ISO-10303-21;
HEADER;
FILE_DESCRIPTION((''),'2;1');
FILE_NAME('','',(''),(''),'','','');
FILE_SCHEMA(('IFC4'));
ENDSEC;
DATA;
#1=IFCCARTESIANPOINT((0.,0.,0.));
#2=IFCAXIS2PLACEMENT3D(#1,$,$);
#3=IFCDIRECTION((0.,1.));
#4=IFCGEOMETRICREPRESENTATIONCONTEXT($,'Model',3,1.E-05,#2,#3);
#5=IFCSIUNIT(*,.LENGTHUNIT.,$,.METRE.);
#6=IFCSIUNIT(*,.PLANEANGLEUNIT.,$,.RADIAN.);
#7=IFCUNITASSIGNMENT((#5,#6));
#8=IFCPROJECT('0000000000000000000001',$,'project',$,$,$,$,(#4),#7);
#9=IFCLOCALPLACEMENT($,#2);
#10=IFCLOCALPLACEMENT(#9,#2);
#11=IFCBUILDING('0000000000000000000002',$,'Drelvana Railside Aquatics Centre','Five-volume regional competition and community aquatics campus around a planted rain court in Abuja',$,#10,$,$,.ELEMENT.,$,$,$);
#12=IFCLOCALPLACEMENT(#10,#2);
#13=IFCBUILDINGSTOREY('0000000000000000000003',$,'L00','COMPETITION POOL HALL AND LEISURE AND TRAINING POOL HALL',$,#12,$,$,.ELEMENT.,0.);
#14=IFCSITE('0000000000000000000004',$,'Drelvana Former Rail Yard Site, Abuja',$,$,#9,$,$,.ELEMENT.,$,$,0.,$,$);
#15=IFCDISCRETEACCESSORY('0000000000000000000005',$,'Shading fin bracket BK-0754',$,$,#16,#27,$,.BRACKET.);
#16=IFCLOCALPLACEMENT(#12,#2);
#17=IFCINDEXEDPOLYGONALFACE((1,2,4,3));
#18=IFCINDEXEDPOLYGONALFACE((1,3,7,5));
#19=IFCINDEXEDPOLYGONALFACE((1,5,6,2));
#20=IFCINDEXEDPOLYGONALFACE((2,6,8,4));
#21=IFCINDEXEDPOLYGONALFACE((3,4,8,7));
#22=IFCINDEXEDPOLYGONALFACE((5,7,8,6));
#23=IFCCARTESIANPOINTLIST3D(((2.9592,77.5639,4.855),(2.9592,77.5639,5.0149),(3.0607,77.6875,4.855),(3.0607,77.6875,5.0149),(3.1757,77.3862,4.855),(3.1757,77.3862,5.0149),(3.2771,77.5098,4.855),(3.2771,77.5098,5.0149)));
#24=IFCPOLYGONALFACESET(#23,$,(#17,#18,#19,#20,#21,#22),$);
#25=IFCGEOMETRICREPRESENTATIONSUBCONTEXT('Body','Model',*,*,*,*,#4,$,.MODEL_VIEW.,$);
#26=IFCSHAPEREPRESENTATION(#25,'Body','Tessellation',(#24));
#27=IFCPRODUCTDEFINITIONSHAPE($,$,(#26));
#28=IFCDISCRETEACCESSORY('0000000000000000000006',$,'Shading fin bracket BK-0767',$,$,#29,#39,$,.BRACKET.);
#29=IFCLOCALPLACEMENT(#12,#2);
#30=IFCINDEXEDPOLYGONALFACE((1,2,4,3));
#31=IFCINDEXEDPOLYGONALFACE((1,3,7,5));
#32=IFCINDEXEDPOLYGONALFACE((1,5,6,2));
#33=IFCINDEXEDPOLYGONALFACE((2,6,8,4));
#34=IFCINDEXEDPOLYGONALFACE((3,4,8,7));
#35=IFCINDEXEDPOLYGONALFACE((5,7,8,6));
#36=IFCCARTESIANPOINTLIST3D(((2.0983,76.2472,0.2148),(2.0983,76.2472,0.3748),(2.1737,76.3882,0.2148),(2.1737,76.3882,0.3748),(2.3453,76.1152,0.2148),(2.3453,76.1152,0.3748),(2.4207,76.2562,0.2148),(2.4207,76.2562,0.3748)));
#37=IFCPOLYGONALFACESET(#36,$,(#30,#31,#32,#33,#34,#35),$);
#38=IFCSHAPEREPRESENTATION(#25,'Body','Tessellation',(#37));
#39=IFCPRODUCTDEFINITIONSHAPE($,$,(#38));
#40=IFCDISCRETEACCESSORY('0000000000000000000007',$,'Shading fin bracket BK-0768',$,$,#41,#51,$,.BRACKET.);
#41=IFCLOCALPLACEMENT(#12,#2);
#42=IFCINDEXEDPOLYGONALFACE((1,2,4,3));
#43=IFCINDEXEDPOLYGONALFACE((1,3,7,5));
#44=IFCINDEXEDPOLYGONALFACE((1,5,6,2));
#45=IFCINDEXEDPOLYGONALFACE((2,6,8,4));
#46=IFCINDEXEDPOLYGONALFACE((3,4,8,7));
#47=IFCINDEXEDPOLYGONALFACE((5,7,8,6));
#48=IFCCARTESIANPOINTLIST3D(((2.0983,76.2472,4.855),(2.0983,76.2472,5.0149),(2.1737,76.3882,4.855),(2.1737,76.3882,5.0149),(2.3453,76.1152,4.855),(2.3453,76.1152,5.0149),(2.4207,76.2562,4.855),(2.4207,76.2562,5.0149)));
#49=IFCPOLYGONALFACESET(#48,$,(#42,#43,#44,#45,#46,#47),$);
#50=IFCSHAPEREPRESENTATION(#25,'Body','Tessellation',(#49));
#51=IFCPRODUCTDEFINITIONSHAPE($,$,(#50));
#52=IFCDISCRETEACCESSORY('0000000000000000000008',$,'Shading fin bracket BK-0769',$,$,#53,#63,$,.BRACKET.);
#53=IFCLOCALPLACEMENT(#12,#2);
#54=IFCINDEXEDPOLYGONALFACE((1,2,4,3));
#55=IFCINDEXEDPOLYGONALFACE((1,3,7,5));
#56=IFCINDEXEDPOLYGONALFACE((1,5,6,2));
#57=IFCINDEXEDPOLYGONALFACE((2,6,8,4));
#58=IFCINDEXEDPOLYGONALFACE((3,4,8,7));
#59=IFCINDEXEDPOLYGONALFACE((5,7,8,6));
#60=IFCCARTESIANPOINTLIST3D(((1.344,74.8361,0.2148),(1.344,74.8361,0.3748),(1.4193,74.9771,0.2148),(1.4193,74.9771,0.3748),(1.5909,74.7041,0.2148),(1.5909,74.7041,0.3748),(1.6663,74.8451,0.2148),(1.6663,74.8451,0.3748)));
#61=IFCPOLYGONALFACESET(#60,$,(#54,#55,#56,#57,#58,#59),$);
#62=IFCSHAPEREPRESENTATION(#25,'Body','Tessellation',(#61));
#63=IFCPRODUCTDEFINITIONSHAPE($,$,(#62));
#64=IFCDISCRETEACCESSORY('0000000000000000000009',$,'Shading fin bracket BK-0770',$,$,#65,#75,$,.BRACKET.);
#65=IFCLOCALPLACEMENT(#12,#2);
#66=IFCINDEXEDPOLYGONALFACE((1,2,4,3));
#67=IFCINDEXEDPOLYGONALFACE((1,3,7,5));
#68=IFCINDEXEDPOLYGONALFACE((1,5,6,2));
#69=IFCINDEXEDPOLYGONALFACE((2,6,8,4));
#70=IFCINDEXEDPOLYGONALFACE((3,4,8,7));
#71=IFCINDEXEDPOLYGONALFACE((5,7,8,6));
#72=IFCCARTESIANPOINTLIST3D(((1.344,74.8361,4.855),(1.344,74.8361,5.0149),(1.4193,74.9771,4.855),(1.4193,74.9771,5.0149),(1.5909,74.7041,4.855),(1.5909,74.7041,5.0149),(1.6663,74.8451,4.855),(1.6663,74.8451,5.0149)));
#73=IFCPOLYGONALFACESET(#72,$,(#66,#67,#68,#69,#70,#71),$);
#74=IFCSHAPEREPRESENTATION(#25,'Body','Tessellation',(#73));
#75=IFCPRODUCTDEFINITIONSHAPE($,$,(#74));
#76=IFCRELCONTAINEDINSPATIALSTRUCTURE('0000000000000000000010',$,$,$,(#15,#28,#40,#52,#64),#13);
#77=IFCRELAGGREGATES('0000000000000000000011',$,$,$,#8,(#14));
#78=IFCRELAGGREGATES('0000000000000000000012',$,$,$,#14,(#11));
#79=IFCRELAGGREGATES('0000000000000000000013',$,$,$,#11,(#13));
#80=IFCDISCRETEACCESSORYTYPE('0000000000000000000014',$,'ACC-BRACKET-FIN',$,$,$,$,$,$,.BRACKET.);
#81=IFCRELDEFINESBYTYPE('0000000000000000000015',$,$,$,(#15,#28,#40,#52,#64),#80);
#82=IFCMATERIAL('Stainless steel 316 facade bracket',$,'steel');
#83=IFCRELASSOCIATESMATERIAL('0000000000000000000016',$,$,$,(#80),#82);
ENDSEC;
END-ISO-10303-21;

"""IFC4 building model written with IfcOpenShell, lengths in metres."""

from ifc_helpers import new_model, si_unit, direction, frame, origin, origin_2d, place, context, subcontext, project, spatial, rectangle, extrude, material, type_object, element, save


model = new_model("IFC4")

# Units and contexts
model_context = context("Model", 3, precision=1e-05, world=origin(), true_north=direction((0.0, 1.0)))
body_context = subcontext(model_context, "Body", "Model", "MODEL_VIEW")
ifc_project = project(units=[si_unit("LENGTHUNIT", "METRE"), si_unit("PLANEANGLEUNIT", "RADIAN")], contexts=[model_context])

# Site, building, storey
site_placement = place(None, origin())
site = spatial("IfcSite", under=ifc_project, at=site_placement, Name="Drelvana Former Rail Yard Site, Abuja", CompositionType="ELEMENT", RefElevation=0.0)
building_placement = place(site_placement, origin())
building = spatial("IfcBuilding", under=site, at=building_placement, Name="Drelvana Railside Aquatics Centre", Description="Five-volume regional competition and community aquatics campus around a planted rain court in Abuja", CompositionType="ELEMENT")
storey_placement = place(building_placement, origin())
storey = spatial("IfcBuildingStorey", under=building, at=storey_placement, Name="L00", Description="COMPETITION POOL HALL AND LEISURE AND TRAINING POOL HALL", CompositionType="ELEMENT", Elevation=0.0)

# Discrete accessories
ifc_material_1 = material(Name="Stainless steel 316 facade bracket", Category="steel")
discrete_accessory_type = type_object("IfcDiscreteAccessoryType", Name="ACC-BRACKET-FIN", PredefinedType="BRACKET", material=ifc_material_1)
for number, where, z_axis, x_axis, name in (
    (1, (3.1182, 77.5369, 4.855), (0.0, 0.0, 1.0), (-0.77301, 0.634393, 0.0), "Shading fin bracket BK-0754"),
    (2, (2.2595, 76.2517, 0.2148), (0.0, 0.0, 1.0), (-0.881921, 0.471397, 0.0), "Shading fin bracket BK-0767"),
    (3, (2.2595, 76.2517, 4.855), (0.0, 0.0, 1.0), (-0.881921, 0.471397, 0.0), "Shading fin bracket BK-0768"),
    (4, (1.5051, 74.8406, 0.2148), (0.0, 0.0, 1.0), (-0.881921, 0.471397, 0.0), "Shading fin bracket BK-0769"),
    (5, (1.5051, 74.8406, 4.855), (0.0, 0.0, 1.0), (-0.881921, 0.471397, 0.0), "Shading fin bracket BK-0770"),
):
    element("IfcDiscreteAccessory", number, at=place(storey_placement, frame(where, z_axis=z_axis, x_axis=x_axis)), inside=storey, type_object=discrete_accessory_type, Name=name, PredefinedType="BRACKET", context=body_context, shape_type="SweptSolid", body=[
        extrude(rectangle(XDim=0.28, YDim=0.1599, at=origin_2d()), origin(), (0.0, 0.0, 1.0), 0.1599),
    ])

save(model, "model.ifc")
